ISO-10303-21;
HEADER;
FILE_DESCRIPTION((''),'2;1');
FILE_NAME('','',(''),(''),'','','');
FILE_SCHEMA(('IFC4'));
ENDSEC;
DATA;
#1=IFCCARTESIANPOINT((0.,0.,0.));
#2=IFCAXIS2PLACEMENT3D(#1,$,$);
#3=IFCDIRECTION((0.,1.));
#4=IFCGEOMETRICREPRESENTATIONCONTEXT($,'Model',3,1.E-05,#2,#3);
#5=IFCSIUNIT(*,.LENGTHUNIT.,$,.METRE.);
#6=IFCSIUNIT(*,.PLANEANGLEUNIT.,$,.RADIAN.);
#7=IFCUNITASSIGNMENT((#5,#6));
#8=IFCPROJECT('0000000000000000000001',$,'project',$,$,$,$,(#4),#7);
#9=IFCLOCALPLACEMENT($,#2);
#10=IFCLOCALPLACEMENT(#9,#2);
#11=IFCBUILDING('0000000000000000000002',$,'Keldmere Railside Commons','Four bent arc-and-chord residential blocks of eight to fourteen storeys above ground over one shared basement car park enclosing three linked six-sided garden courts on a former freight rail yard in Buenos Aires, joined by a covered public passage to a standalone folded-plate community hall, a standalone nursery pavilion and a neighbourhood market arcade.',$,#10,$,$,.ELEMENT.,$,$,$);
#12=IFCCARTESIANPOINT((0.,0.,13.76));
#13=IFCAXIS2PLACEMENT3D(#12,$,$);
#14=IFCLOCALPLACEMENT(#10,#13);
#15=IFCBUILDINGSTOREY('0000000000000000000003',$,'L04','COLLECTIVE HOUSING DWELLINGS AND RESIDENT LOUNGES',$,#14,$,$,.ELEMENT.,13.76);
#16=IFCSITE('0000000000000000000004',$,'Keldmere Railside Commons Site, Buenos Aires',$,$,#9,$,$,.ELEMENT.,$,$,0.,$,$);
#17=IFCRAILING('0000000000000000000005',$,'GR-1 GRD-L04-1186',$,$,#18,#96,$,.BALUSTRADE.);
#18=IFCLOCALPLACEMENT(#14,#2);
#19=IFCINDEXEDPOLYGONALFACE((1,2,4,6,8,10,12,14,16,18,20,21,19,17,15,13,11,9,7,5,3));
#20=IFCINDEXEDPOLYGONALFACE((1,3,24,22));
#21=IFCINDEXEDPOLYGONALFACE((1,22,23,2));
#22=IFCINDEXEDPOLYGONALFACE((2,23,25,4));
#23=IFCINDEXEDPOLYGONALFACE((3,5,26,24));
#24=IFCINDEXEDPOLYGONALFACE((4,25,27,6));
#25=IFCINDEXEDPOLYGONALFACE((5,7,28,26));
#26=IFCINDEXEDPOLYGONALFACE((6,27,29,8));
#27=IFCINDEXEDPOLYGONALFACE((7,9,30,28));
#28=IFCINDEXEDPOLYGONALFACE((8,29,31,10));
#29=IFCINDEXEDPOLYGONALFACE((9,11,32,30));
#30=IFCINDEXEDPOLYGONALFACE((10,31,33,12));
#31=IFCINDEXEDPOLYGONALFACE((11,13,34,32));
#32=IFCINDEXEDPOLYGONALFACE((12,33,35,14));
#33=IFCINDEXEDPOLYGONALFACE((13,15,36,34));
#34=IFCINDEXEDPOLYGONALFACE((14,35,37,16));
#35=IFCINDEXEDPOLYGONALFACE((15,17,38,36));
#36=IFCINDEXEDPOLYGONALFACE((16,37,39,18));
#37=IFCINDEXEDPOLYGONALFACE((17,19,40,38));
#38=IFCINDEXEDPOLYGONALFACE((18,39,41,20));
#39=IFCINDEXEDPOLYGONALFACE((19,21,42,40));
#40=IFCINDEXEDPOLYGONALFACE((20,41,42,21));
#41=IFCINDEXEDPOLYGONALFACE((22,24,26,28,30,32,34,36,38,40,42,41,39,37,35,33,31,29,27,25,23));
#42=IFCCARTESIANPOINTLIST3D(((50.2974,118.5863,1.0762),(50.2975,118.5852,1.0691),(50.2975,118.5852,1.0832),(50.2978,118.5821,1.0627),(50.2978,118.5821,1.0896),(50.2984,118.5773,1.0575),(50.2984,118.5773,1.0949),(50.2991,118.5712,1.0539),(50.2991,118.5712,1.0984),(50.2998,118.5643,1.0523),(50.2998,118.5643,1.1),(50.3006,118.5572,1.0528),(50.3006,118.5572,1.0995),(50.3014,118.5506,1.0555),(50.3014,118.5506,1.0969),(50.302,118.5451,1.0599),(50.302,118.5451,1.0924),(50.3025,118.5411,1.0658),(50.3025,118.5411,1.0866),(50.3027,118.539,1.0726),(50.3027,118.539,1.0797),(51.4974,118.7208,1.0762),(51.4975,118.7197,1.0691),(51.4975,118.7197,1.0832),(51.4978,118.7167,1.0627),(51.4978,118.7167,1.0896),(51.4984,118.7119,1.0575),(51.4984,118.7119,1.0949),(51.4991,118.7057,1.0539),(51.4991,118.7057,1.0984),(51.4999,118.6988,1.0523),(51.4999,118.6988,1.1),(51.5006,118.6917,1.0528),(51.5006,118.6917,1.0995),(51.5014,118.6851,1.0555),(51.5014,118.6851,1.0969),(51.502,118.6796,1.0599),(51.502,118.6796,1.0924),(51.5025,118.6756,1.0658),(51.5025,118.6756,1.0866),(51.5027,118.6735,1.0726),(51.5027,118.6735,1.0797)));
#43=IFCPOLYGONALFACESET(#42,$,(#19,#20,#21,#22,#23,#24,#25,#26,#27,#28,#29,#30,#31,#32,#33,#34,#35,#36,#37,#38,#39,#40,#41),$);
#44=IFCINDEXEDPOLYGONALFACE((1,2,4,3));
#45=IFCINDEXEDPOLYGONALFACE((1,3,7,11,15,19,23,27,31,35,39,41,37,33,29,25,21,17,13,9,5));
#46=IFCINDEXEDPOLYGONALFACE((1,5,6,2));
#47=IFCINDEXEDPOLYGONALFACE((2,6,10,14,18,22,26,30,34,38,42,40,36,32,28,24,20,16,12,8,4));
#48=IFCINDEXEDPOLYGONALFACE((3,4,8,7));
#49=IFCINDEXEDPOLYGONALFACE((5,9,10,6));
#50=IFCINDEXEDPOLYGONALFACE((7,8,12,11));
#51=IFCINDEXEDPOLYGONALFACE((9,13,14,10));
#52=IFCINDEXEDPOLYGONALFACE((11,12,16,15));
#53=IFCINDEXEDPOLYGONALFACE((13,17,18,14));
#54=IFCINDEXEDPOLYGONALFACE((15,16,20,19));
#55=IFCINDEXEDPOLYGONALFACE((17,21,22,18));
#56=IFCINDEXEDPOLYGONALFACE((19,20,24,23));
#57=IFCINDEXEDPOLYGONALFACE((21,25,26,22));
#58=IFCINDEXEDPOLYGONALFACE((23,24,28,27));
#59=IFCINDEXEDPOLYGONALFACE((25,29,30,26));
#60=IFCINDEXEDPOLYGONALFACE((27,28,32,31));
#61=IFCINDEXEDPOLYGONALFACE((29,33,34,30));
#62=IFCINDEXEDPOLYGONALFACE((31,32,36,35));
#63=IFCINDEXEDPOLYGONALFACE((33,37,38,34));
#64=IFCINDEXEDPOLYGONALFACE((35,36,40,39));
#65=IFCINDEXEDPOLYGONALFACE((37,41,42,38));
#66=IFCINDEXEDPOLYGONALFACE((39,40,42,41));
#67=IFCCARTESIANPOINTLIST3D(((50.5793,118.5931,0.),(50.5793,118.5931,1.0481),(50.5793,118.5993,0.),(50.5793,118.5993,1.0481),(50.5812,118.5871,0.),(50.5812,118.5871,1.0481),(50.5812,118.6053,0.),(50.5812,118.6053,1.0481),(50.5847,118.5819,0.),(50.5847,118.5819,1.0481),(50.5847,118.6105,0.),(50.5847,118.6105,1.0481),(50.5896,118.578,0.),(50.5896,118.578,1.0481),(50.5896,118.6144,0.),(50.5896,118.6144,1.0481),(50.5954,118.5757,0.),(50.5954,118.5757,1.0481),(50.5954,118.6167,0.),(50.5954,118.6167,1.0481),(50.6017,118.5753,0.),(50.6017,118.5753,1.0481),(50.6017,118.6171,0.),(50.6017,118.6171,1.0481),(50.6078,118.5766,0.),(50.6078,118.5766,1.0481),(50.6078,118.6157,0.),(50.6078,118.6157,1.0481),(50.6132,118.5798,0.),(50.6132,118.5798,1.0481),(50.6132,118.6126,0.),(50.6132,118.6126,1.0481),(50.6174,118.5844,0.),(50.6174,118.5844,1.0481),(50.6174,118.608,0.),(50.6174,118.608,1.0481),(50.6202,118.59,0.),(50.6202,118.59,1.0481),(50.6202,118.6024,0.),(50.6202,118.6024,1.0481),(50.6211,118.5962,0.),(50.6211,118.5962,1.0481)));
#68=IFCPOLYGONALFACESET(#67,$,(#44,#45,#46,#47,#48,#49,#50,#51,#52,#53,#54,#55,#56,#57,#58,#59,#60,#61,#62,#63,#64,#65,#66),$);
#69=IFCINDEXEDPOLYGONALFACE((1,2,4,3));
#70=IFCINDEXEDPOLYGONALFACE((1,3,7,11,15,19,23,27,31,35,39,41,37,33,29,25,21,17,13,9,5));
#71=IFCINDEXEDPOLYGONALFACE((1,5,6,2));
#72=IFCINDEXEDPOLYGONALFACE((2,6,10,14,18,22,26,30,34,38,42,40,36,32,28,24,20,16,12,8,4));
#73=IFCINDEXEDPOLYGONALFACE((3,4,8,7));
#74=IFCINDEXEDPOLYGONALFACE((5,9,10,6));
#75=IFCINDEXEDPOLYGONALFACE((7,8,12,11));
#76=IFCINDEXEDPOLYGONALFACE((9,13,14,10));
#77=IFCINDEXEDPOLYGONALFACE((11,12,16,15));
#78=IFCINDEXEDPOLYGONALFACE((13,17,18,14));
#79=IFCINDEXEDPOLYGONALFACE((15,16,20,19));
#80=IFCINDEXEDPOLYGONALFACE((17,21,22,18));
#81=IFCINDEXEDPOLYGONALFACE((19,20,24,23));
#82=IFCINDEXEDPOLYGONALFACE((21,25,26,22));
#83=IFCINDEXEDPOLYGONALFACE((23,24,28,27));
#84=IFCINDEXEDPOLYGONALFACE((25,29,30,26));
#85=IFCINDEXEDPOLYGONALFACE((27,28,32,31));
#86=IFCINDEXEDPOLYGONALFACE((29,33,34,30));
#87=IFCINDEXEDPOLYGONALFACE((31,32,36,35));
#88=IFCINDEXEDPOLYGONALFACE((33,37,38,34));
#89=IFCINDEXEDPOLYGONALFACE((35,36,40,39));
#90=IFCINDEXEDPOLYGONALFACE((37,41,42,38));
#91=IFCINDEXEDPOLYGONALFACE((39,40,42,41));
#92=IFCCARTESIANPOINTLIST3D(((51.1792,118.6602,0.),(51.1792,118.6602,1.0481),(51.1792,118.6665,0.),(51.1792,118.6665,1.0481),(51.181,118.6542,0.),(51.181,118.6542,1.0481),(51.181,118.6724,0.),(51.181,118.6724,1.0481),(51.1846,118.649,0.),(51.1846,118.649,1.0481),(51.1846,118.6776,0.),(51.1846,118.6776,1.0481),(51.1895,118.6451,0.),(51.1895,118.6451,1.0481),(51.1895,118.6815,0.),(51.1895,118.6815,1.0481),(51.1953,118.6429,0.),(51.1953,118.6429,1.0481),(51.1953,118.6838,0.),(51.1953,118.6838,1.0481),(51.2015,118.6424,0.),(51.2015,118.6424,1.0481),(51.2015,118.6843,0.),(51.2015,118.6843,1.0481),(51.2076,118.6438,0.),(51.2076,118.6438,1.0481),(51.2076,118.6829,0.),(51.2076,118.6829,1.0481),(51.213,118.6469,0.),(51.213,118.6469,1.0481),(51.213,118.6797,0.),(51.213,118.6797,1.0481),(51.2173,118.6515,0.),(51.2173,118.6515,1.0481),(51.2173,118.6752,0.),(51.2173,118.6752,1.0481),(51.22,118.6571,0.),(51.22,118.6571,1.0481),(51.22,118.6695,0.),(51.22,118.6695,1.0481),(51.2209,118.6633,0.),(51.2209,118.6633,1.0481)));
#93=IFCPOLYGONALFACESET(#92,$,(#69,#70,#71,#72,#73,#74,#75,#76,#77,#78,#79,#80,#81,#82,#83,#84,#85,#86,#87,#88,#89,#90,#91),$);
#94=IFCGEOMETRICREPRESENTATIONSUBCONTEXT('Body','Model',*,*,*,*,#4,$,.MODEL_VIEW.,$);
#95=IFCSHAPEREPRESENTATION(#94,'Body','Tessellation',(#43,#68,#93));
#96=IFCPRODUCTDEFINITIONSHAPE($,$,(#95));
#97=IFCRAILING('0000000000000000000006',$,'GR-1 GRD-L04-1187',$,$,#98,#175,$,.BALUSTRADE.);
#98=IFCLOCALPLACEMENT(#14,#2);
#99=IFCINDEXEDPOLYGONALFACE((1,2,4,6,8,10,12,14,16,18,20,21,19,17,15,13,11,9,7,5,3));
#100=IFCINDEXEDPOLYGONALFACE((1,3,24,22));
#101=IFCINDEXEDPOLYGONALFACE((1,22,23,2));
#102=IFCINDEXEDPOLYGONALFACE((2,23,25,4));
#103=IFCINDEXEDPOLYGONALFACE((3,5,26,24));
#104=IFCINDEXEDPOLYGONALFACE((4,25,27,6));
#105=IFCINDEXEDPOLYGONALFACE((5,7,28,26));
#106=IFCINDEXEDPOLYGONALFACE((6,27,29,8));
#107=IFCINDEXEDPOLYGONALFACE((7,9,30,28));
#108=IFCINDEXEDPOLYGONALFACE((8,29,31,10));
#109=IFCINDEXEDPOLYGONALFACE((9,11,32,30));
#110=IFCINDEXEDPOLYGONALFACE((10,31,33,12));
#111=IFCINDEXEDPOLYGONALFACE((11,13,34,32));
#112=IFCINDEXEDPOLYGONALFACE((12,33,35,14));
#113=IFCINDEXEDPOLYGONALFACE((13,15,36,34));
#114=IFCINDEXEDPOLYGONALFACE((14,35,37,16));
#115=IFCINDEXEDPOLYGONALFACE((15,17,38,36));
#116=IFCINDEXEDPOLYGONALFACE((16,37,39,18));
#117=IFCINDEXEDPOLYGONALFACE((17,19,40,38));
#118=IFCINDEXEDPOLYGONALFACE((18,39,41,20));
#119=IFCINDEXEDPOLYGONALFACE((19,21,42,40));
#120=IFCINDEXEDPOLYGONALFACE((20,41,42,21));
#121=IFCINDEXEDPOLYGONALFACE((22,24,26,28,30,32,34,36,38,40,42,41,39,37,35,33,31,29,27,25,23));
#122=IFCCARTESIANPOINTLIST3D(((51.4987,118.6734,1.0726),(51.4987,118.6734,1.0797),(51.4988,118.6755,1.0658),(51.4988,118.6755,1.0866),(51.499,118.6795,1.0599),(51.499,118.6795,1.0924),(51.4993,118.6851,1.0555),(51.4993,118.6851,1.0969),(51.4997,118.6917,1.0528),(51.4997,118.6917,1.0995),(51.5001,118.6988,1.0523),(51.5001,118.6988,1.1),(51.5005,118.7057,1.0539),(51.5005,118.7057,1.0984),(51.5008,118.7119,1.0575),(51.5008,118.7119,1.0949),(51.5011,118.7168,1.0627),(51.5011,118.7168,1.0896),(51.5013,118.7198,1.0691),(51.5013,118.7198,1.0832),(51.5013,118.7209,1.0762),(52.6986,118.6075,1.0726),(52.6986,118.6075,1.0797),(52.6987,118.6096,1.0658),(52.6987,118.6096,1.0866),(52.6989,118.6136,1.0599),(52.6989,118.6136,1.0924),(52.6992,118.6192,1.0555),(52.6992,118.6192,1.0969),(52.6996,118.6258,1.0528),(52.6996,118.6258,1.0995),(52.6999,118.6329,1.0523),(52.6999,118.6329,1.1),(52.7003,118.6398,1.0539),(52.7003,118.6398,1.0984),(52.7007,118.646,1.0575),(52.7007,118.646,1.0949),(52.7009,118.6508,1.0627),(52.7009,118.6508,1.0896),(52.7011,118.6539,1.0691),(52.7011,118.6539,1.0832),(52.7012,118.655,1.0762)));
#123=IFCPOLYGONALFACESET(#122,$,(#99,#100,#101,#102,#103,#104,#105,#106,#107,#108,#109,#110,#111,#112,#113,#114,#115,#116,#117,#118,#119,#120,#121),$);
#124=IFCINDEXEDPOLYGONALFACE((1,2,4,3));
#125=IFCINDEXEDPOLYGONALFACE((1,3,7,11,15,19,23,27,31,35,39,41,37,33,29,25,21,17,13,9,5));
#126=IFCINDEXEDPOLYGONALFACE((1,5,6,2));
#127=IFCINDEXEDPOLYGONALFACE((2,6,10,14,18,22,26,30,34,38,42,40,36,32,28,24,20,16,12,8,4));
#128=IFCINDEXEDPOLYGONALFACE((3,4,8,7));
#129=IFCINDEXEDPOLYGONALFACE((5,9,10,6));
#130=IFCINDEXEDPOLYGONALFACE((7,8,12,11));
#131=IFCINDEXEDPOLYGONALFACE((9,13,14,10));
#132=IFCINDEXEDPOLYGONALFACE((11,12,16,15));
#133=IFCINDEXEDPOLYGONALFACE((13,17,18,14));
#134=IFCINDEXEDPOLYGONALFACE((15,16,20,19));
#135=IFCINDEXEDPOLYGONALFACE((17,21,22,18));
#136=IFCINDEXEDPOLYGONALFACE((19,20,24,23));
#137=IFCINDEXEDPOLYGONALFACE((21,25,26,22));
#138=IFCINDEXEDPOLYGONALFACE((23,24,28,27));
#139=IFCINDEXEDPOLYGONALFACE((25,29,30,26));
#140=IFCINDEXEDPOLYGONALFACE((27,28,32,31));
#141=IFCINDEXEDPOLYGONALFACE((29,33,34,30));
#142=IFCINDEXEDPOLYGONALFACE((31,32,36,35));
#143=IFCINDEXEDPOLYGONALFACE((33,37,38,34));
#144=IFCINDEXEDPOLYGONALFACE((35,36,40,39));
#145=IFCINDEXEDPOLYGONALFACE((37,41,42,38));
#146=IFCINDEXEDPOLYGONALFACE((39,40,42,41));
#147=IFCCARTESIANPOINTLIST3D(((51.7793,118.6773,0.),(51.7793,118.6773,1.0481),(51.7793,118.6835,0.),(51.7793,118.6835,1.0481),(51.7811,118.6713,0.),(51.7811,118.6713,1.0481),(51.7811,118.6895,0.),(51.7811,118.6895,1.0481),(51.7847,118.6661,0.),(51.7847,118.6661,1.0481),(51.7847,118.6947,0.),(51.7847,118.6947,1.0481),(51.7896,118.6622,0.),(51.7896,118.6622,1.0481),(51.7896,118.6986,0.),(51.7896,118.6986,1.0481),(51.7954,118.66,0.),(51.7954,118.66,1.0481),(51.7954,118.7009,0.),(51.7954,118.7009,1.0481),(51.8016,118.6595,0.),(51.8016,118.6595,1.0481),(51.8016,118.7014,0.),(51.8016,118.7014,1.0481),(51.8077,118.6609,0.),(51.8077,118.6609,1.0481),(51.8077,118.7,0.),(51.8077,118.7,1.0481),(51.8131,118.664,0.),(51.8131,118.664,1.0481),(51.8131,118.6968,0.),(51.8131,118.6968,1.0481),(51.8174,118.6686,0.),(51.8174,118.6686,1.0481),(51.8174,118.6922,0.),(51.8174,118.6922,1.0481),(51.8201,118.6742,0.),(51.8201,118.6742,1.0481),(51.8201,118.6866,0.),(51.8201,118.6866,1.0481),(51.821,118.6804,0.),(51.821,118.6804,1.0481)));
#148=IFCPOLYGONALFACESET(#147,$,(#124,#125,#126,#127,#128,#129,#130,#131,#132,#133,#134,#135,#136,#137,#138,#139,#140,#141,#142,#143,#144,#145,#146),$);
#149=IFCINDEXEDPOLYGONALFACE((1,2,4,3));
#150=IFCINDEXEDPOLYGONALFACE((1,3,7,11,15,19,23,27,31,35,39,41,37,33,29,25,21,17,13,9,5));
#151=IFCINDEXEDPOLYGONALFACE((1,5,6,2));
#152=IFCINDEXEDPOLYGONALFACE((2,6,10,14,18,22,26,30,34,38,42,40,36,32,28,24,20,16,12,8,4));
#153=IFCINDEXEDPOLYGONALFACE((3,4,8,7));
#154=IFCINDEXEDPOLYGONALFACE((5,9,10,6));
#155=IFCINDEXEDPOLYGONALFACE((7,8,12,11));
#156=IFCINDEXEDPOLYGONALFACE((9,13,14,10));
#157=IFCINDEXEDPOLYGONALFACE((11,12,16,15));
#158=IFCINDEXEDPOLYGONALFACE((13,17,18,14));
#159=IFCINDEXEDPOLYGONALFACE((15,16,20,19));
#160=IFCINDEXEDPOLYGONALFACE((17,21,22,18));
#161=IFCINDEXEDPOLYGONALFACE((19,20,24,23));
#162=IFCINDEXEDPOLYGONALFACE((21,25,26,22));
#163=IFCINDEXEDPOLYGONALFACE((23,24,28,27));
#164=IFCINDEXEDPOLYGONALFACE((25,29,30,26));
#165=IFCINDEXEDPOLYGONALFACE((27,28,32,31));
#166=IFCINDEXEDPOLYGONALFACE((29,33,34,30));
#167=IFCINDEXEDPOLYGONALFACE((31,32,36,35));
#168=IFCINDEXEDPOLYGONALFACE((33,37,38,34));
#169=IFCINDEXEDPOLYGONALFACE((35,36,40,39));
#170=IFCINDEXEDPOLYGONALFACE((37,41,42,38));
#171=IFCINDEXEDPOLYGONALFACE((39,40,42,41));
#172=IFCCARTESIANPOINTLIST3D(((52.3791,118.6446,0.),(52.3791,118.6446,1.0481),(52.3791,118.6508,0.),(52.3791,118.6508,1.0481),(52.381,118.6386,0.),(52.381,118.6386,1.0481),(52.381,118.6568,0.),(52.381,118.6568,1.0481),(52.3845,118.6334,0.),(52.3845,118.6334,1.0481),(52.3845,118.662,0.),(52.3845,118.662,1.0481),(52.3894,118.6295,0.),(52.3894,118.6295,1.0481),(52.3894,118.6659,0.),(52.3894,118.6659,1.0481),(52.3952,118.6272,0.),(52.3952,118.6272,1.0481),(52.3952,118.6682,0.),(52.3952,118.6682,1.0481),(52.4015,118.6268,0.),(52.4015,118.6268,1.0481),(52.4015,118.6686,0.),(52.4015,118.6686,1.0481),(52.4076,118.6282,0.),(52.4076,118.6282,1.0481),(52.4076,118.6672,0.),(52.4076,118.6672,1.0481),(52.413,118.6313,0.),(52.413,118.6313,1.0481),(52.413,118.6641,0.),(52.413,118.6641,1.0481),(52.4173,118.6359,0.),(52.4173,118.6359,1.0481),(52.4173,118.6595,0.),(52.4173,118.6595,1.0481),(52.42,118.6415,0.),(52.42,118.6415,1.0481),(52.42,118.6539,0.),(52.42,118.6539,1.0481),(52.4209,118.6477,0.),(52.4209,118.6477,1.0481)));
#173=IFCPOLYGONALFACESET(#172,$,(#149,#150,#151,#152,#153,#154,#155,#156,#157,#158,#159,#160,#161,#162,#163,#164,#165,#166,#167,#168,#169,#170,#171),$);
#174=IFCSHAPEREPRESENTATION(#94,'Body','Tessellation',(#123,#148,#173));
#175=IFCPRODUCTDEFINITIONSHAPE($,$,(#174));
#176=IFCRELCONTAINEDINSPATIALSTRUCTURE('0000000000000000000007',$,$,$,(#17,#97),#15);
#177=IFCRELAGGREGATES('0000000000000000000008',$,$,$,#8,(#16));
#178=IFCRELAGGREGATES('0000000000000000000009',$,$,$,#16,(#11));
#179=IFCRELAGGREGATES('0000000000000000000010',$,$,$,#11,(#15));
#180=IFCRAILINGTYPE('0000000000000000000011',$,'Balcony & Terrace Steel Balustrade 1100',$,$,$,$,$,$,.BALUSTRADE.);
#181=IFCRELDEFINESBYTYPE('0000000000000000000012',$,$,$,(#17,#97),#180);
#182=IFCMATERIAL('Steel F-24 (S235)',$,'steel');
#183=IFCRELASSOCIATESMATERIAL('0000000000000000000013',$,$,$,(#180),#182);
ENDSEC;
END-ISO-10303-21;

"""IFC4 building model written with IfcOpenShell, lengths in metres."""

from ifc_helpers import new_model, si_unit, direction, frame, origin, origin_2d, place, context, subcontext, project, spatial, circle, extrude, material, type_object, element, save


model = new_model("IFC4")

# Units and contexts
model_context = context("Model", 3, precision=1e-05, world=origin(), true_north=direction((0.0, 1.0)))
body_context = subcontext(model_context, "Body", "Model", "MODEL_VIEW")
ifc_project = project(units=[si_unit("LENGTHUNIT", "METRE"), si_unit("PLANEANGLEUNIT", "RADIAN")], contexts=[model_context])

# Site, building, storey
site_placement = place(None, origin())
site = spatial("IfcSite", under=ifc_project, at=site_placement, Name="Keldmere Railside Commons Site, Buenos Aires", CompositionType="ELEMENT", RefElevation=0.0)
building_placement = place(site_placement, origin())
building = spatial("IfcBuilding", under=site, at=building_placement, Name="Keldmere Railside Commons", Description="Four bent arc-and-chord residential blocks of eight to fourteen storeys above ground over one shared basement car park enclosing three linked six-sided garden courts on a former freight rail yard in Buenos Aires, joined by a covered public passage to a standalone folded-plate community hall, a standalone nursery pavilion and a neighbourhood market arcade.", CompositionType="ELEMENT")
storey_placement = place(building_placement, frame((0.0, 0.0, 13.76)))
storey = spatial("IfcBuildingStorey", under=building, at=storey_placement, Name="L04", Description="COLLECTIVE HOUSING DWELLINGS AND RESIDENT LOUNGES", CompositionType="ELEMENT", Elevation=13.76)

# Railings
ifc_material_1 = material(Name="Steel F-24 (S235)", Category="steel")
railing_type = type_object("IfcRailingType", Name="Balcony & Terrace Steel Balustrade 1100", PredefinedType="BALUSTRADE", material=ifc_material_1)
railing_1_placement = place(storey_placement, frame((50.3, 118.5625, 0.0)))
element("IfcRailing", 1, at=railing_1_placement, inside=storey, type_object=railing_type, Name="GR-1 GRD-L04-1186", PredefinedType="BALUSTRADE", context=body_context, shape_type="SweptSolid", body=[
    extrude(circle(Radius=0.0239, at=origin_2d()), frame((0.0, 0.0, 1.0762), z_axis=(0.993775, 0.111408, 0.0), x_axis=(-0.111408, 0.993775, 0.0)), (0.0, 0.0, 1.0), 1.2075),
    extrude(circle(Radius=0.021, at=origin_2d()), frame((0.3, 0.0337, 0.0)), (0.0, 0.0, 1.0), 1.0481),
    extrude(circle(Radius=0.021, at=origin_2d()), frame((0.8999, 0.1008, 0.0)), (0.0, 0.0, 1.0), 1.0481),
])
railing_2_placement = place(storey_placement, frame((51.5, 118.697, 0.0)))
element("IfcRailing", 2, at=railing_2_placement, inside=storey, type_object=railing_type, Name="GR-1 GRD-L04-1187", PredefinedType="BALUSTRADE", context=body_context, shape_type="SweptSolid", body=[
    extrude(circle(Radius=0.0239, at=origin_2d()), frame((0.0, 0.0, 1.0762), z_axis=(0.998495, -0.054851, 0.0), x_axis=(0.054851, 0.998495, 0.0)), (0.0, 0.0, 1.0), 1.2017),
    extrude(circle(Radius=0.021, at=origin_2d()), frame((0.3, -0.0166, 0.0)), (0.0, 0.0, 1.0), 1.0481),
    extrude(circle(Radius=0.021, at=origin_2d()), frame((0.8999, -0.0493, 0.0)), (0.0, 0.0, 1.0), 1.0481),
])

save(model, "model.ifc")
